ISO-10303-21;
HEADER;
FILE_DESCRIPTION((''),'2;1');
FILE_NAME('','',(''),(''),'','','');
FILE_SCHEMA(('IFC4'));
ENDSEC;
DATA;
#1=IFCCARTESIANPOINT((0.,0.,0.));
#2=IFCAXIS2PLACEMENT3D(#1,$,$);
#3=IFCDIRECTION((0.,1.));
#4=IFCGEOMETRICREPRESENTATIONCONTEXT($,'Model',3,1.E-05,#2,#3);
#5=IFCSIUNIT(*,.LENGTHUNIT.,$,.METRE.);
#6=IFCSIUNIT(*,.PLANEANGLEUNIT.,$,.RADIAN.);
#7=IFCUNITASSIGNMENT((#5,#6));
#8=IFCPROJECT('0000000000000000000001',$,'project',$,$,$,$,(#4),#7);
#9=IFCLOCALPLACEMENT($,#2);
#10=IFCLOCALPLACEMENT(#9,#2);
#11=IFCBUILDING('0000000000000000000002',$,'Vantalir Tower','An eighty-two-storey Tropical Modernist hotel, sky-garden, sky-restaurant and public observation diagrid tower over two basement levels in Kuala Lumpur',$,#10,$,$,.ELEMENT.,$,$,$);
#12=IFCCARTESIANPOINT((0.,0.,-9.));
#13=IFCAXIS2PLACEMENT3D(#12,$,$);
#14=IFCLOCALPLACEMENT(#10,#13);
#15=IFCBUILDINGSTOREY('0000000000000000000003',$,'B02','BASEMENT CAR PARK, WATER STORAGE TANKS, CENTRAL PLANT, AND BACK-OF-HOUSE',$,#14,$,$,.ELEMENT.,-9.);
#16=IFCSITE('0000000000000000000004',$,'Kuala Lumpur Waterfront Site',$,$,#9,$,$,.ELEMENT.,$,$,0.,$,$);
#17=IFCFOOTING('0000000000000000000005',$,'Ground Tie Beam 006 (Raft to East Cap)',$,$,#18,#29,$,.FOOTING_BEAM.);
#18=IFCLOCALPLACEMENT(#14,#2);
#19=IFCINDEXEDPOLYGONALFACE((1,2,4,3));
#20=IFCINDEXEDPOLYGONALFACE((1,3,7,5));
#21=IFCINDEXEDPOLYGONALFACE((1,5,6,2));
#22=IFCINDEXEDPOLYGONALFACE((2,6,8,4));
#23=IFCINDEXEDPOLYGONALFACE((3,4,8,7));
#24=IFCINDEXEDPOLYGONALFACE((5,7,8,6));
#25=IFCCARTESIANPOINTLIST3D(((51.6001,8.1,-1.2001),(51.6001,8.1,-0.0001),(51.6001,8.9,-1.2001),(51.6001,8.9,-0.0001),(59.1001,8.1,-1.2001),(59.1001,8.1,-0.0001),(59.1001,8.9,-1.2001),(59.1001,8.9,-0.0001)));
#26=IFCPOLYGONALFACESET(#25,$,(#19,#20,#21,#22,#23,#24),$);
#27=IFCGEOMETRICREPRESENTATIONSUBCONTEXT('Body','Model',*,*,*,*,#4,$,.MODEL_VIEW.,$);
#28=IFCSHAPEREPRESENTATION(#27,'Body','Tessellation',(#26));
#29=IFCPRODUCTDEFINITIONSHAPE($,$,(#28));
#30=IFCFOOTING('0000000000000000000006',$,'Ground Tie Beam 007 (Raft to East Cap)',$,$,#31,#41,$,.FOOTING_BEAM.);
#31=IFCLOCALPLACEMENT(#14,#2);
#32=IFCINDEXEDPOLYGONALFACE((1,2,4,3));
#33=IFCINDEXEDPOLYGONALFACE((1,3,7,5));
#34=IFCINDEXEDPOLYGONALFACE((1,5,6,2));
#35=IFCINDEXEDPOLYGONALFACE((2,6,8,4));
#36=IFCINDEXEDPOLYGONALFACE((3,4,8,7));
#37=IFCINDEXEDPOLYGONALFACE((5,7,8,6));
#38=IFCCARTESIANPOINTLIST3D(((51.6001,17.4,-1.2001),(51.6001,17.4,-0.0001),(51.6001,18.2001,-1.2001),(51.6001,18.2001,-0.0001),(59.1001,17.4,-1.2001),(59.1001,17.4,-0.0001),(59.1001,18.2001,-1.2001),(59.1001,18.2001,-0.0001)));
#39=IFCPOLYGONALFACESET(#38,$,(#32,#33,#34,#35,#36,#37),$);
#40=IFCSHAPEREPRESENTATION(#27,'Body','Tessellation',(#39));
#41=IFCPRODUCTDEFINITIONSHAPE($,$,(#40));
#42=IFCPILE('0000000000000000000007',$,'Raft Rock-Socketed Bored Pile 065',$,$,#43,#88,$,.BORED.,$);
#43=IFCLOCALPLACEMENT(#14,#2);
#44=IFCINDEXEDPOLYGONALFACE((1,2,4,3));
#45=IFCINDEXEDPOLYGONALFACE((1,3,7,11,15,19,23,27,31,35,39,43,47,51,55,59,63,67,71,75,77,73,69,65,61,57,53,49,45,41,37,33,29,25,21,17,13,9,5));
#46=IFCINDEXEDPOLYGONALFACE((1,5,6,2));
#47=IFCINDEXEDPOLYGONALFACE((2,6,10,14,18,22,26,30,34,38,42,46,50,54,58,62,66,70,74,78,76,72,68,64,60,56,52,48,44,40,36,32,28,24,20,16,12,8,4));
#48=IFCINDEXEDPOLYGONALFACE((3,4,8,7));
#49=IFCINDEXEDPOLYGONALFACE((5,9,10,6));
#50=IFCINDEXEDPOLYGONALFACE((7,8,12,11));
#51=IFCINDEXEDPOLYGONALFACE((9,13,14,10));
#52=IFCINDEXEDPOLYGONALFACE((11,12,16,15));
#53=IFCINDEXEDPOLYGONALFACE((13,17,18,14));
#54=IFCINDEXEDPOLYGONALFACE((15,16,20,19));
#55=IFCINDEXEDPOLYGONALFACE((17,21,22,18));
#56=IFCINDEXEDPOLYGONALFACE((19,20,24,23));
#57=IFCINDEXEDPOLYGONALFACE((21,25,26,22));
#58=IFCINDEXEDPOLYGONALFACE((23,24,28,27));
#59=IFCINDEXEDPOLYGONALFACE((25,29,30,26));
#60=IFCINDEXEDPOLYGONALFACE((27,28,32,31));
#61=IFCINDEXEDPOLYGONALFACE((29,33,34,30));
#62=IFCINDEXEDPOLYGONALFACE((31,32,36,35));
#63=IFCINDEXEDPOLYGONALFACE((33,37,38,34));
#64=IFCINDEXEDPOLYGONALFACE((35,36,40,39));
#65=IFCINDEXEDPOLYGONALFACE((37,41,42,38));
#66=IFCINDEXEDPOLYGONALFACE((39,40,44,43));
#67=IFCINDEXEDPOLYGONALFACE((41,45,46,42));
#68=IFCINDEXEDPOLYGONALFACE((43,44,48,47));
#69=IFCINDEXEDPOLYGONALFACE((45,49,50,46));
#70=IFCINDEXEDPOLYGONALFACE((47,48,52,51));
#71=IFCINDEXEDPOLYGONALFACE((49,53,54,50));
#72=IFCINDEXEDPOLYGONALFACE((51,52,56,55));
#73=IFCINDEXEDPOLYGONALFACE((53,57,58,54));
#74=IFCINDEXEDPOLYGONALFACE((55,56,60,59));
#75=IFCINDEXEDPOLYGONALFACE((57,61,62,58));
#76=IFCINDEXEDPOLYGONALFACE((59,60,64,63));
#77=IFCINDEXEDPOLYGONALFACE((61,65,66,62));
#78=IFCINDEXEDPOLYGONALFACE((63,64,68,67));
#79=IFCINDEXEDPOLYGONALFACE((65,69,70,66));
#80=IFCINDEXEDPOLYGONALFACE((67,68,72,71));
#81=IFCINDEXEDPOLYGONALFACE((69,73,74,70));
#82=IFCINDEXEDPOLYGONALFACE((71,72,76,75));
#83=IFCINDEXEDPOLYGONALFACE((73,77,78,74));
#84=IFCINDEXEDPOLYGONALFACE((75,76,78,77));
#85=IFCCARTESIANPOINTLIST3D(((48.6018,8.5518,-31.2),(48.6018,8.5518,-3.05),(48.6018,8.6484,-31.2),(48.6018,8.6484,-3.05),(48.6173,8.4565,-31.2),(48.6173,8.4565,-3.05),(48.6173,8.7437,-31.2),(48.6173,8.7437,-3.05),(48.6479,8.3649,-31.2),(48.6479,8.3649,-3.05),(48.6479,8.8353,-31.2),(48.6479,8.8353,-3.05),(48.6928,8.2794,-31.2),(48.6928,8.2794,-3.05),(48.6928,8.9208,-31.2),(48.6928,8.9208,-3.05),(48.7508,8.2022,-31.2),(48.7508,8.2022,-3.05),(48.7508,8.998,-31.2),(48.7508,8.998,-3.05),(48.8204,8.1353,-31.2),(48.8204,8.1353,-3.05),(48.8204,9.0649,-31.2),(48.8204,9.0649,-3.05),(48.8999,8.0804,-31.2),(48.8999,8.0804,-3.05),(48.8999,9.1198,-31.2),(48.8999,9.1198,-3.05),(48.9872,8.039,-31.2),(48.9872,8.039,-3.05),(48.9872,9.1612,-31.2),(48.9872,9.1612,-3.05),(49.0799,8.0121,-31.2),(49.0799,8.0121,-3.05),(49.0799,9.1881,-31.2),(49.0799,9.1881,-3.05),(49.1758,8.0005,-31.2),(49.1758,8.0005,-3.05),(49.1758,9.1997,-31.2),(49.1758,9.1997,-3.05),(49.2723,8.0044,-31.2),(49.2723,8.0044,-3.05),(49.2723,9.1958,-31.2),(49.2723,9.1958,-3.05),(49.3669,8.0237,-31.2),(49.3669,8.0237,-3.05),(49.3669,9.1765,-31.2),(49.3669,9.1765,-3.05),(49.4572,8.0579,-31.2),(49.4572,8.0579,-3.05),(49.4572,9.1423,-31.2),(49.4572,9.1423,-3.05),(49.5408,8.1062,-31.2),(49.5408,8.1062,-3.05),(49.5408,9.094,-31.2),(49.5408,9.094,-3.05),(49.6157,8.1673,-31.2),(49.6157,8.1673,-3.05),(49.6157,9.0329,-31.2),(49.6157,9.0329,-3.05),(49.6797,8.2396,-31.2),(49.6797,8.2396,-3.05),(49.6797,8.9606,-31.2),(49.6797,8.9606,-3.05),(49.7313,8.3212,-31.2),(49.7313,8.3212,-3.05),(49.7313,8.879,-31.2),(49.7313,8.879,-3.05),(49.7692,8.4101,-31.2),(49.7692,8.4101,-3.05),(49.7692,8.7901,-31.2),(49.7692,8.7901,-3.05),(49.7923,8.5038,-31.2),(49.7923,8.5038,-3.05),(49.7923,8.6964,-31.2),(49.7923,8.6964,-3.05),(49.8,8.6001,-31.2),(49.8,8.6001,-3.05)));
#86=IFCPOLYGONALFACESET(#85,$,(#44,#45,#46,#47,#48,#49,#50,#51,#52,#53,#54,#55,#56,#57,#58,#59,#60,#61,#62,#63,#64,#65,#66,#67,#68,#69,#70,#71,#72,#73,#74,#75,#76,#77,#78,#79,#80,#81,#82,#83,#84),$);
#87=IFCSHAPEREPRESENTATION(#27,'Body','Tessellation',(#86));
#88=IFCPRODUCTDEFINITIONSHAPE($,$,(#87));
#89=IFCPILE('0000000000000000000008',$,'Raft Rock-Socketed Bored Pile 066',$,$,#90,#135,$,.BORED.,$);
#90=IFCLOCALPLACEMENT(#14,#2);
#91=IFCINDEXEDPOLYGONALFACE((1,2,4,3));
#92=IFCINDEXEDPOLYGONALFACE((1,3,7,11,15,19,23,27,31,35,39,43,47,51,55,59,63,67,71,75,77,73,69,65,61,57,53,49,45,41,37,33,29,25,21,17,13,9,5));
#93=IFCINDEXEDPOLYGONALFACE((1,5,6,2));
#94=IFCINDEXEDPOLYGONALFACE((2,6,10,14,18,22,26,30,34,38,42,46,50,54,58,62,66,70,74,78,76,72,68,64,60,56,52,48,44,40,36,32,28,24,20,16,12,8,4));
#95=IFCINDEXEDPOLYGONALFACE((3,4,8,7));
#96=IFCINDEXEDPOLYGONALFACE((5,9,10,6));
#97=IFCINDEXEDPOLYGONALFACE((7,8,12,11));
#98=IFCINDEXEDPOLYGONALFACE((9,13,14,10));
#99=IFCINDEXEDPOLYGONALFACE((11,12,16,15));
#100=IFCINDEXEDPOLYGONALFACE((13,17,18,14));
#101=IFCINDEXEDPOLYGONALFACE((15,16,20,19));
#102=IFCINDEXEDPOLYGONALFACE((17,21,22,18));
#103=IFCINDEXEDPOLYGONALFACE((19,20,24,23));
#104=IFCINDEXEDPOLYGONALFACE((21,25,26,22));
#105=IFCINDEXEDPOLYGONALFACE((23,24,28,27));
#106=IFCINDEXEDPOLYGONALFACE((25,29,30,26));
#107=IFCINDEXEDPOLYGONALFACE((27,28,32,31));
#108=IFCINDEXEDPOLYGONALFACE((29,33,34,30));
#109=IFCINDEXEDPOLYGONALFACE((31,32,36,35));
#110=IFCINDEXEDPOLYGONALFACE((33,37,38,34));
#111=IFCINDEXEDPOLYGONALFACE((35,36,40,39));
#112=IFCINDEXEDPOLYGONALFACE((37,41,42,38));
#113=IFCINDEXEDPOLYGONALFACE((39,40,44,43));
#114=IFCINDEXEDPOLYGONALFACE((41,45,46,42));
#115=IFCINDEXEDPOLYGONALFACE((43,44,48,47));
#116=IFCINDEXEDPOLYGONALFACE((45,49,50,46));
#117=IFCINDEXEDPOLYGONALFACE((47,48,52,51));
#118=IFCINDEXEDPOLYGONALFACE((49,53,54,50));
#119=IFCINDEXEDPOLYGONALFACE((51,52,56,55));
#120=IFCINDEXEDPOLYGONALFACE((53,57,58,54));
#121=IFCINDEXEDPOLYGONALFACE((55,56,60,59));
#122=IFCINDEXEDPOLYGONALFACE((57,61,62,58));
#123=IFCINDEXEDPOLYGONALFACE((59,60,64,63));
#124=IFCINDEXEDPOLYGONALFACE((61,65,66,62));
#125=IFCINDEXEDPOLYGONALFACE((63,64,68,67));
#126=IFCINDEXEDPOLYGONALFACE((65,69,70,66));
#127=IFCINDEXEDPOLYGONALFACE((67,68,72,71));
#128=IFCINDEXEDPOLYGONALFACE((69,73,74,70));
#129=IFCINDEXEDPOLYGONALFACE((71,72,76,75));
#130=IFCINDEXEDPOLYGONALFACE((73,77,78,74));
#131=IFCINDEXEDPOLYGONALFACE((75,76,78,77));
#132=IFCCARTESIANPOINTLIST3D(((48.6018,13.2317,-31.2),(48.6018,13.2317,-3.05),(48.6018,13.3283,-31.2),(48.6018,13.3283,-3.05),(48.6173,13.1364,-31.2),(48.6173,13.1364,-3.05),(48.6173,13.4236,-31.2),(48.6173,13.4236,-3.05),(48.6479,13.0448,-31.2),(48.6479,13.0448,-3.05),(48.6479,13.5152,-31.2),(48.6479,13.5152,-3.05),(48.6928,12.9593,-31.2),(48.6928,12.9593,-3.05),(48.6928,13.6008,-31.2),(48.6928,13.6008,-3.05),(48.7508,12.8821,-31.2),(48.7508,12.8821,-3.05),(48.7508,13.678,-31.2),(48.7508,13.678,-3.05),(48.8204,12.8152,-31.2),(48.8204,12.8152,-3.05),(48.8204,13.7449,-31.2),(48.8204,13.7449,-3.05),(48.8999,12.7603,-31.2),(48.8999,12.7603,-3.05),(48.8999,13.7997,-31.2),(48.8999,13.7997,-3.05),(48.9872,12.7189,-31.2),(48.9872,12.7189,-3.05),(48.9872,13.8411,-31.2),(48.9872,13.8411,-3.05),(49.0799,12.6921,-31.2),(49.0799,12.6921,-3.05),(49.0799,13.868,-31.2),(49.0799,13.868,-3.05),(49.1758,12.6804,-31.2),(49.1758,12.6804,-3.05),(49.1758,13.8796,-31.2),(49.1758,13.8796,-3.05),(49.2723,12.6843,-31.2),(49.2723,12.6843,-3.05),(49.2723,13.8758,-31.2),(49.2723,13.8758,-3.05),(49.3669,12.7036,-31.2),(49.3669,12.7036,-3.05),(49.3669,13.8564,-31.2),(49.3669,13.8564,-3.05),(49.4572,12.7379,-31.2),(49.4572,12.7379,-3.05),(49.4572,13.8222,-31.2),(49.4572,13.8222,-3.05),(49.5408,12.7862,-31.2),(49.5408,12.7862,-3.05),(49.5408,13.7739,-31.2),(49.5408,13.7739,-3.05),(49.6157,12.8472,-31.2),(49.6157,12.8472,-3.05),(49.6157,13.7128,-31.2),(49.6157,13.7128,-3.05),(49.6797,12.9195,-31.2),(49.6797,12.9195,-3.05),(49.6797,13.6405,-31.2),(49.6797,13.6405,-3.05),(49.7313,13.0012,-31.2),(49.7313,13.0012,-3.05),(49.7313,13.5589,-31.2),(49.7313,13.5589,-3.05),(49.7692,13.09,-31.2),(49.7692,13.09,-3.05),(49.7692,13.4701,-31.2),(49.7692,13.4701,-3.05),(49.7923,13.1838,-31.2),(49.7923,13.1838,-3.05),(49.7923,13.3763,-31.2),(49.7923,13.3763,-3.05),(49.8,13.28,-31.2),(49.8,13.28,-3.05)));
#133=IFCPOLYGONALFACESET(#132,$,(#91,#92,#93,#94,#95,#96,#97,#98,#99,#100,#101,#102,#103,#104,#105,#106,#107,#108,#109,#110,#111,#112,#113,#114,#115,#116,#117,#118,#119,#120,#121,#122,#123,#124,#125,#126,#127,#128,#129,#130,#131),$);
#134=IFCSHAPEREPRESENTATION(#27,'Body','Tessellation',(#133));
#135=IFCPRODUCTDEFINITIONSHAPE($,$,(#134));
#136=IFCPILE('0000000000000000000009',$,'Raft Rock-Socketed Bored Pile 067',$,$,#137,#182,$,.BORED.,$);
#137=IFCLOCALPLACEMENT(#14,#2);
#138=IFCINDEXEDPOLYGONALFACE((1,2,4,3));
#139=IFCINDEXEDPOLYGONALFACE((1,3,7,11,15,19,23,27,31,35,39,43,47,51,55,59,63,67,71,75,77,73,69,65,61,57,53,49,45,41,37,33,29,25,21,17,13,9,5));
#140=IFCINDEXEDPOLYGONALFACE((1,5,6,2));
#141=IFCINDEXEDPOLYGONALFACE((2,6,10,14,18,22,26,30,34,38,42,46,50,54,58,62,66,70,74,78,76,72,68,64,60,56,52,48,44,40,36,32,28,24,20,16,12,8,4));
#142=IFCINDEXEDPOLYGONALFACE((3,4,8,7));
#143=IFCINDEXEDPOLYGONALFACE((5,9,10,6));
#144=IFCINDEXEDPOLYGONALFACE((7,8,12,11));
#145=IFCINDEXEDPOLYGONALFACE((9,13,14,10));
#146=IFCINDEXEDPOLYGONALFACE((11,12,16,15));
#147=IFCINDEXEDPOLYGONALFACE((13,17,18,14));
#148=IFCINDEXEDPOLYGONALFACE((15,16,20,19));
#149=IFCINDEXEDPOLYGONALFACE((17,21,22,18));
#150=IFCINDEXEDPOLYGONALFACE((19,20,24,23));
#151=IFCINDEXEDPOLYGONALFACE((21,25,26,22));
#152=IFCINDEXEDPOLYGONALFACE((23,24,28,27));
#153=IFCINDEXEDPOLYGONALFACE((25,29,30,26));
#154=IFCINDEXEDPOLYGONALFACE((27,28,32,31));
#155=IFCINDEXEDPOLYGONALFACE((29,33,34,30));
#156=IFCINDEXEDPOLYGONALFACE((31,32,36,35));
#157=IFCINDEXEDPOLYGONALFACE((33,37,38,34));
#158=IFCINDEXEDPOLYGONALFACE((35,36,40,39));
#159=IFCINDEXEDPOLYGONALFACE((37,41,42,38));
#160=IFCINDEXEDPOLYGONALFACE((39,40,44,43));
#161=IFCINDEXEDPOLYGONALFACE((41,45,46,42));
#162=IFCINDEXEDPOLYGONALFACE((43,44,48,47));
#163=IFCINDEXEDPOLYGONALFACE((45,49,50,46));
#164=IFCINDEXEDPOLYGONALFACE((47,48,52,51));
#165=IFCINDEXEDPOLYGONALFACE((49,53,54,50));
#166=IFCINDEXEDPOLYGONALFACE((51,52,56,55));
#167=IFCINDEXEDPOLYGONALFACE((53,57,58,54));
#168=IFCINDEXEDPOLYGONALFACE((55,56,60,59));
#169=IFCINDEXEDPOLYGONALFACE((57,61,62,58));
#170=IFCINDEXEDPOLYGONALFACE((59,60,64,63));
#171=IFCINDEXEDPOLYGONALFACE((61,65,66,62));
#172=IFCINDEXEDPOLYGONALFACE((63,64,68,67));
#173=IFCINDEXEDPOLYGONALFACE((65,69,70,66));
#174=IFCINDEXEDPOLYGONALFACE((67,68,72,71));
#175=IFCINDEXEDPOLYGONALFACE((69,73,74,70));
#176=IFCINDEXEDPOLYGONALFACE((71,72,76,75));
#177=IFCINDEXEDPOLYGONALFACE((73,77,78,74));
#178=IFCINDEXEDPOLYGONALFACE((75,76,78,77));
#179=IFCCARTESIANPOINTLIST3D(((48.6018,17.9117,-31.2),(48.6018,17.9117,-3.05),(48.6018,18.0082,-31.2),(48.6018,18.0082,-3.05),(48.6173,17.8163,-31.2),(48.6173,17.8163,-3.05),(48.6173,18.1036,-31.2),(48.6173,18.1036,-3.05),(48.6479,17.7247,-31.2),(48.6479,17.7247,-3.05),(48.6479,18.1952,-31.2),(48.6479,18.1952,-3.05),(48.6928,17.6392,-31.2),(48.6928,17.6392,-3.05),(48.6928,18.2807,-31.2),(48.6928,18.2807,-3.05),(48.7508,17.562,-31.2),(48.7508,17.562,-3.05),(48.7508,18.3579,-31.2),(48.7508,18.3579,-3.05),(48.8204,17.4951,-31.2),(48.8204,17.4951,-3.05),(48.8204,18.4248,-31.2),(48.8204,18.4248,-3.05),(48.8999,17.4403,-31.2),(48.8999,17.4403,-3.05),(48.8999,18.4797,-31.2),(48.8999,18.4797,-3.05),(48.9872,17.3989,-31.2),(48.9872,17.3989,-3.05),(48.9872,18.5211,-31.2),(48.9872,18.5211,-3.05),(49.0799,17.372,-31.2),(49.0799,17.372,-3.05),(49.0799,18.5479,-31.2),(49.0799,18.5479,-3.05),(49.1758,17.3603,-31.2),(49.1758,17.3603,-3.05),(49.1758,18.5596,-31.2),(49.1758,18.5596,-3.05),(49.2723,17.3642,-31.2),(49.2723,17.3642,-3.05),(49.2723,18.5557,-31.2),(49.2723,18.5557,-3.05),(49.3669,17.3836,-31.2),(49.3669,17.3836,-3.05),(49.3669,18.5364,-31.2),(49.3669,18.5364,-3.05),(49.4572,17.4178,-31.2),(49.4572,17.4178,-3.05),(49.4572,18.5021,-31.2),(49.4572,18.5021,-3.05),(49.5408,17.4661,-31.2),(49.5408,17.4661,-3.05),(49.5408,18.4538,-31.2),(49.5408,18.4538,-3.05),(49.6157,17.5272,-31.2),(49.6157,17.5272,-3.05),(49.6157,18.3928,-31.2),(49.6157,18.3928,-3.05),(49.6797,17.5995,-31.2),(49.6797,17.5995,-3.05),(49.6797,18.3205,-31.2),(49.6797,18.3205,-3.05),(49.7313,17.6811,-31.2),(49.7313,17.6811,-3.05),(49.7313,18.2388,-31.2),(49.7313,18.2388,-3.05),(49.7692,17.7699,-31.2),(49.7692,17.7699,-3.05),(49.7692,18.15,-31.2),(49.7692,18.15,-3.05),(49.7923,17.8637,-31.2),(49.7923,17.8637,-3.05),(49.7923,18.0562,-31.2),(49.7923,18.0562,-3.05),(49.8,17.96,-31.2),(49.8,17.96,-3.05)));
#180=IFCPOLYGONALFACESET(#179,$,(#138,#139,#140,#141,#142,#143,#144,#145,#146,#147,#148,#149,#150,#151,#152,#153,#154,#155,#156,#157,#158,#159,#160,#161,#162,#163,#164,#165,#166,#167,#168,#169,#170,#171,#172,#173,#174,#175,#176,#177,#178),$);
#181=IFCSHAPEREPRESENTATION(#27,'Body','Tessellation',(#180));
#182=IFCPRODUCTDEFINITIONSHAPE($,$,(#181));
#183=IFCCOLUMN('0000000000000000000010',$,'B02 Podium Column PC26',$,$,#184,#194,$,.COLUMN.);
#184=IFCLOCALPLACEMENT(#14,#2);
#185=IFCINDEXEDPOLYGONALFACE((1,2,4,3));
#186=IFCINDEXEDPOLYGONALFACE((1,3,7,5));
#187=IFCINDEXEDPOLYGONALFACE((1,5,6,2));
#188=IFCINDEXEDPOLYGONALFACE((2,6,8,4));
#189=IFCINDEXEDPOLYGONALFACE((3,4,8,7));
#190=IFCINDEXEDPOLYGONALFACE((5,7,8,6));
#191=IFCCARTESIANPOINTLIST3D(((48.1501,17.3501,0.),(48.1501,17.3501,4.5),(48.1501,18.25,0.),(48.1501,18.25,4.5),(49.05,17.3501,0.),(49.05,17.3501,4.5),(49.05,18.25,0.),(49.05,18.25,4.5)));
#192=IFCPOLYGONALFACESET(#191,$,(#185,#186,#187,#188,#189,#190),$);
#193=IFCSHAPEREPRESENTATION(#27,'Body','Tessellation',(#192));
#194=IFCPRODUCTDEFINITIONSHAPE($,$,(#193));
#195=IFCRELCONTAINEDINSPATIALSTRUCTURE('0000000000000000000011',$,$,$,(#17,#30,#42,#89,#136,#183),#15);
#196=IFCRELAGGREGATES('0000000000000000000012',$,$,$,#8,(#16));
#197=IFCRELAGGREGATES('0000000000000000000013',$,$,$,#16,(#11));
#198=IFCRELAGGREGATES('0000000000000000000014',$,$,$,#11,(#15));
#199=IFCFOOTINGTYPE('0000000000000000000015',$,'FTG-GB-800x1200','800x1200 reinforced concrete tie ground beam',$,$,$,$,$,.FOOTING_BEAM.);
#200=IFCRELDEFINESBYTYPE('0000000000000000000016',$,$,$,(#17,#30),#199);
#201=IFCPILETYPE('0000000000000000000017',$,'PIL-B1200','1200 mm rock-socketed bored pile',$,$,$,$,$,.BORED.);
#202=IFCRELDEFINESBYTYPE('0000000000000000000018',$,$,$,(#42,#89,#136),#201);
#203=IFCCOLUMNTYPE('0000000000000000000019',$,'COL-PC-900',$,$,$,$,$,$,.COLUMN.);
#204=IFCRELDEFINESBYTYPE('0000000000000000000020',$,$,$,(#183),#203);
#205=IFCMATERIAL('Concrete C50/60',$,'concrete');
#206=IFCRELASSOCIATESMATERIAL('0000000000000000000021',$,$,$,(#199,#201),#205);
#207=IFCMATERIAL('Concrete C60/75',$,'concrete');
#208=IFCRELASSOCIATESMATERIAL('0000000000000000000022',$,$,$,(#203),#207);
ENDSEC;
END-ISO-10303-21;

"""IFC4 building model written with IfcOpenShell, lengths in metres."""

from ifc_helpers import new_model, si_unit, direction, frame, origin, origin_2d, place, context, subcontext, project, spatial, rectangle, circle, extrude, material, material_profile, profile_set, type_object, element, save


model = new_model("IFC4")

# Units and contexts
model_context = context("Model", 3, precision=1e-05, world=origin(), true_north=direction((0.0, 1.0)))
body_context = subcontext(model_context, "Body", "Model", "MODEL_VIEW")
ifc_project = project(units=[si_unit("LENGTHUNIT", "METRE"), si_unit("PLANEANGLEUNIT", "RADIAN")], contexts=[model_context])

# Site, building, storey
site_placement = place(None, origin())
site = spatial("IfcSite", under=ifc_project, at=site_placement, Name="Kuala Lumpur Waterfront Site", CompositionType="ELEMENT", RefElevation=0.0)
building_placement = place(site_placement, origin())
building = spatial("IfcBuilding", under=site, at=building_placement, Name="Vantalir Tower", Description="An eighty-two-storey Tropical Modernist hotel, sky-garden, sky-restaurant and public observation diagrid tower over two basement levels in Kuala Lumpur", CompositionType="ELEMENT")
storey_placement = place(building_placement, frame((0.0, 0.0, -9.0)))
storey = spatial("IfcBuildingStorey", under=building, at=storey_placement, Name="B02", Description="BASEMENT CAR PARK, WATER STORAGE TANKS, CENTRAL PLANT, AND BACK-OF-HOUSE", CompositionType="ELEMENT", Elevation=-9.0)

# Footings
ifc_material_1 = material(Name="Concrete C50/60", Category="concrete")
ifc_material_profile_1 = material_profile(ifc_material_1, rectangle(XDim=0.8, YDim=1.2, at=origin_2d()), Name="Concrete C50/60")
ifc_profile_set_1 = profile_set([ifc_material_profile_1], Name="Concrete C50/60")
footing_type = type_object("IfcFootingType", Name="FTG-GB-800x1200", Description="800x1200 reinforced concrete tie ground beam", PredefinedType="FOOTING_BEAM", material=ifc_profile_set_1)
for number, where, z_axis, x_axis, name in (
    (1, (51.6001, 8.5, -0.6001), (1.0, 0.0, 0.0), (0.0, 1.0, 0.0), "Ground Tie Beam 006 (Raft to East Cap)"),
    (2, (51.6001, 17.8, -0.6001), (1.0, 0.0, 0.0), (0.0, 1.0, 0.0), "Ground Tie Beam 007 (Raft to East Cap)"),
):
    element("IfcFooting", number, at=place(storey_placement, frame(where, z_axis=z_axis, x_axis=x_axis)), inside=storey, type_object=footing_type, Name=name, PredefinedType="FOOTING_BEAM", context=body_context, shape_type="SweptSolid", body=[
        extrude(rectangle(XDim=0.8, YDim=1.2, at=origin_2d()), origin(), (0.0, 0.0, 1.0), 7.5),
    ])

# Piles
ifc_material_profile_2 = material_profile(ifc_material_1, circle(Radius=0.6001, at=origin_2d()), Name="Concrete C50/60")
ifc_profile_set_2 = profile_set([ifc_material_profile_2], Name="Concrete C50/60")
pile_type = type_object("IfcPileType", Name="PIL-B1200", Description="1200 mm rock-socketed bored pile", PredefinedType="BORED", material=ifc_profile_set_2)
for number, where, z_axis, x_axis, name in (
    (3, (49.2, 8.6001, -3.05), (0.0, 0.0, -1.0), (1.0, 0.0, 0.0), "Raft Rock-Socketed Bored Pile 065"),
    (4, (49.2, 13.28, -3.05), (0.0, 0.0, -1.0), (1.0, 0.0, 0.0), "Raft Rock-Socketed Bored Pile 066"),
    (5, (49.2, 17.96, -3.05), (0.0, 0.0, -1.0), (1.0, 0.0, 0.0), "Raft Rock-Socketed Bored Pile 067"),
):
    element("IfcPile", number, at=place(storey_placement, frame(where, z_axis=z_axis, x_axis=x_axis)), inside=storey, type_object=pile_type, Name=name, PredefinedType="BORED", context=body_context, shape_type="SweptSolid", body=[
        extrude(circle(Radius=0.6001, at=origin_2d()), origin(), (0.0, 0.0, 1.0), 28.1499),
    ])

# Column
ifc_material_2 = material(Name="Concrete C60/75", Category="concrete")
ifc_material_profile_3 = material_profile(ifc_material_2, rectangle(XDim=0.8999, YDim=0.8999, at=origin_2d()), Name="Concrete C60/75")
ifc_profile_set_3 = profile_set([ifc_material_profile_3], Name="Concrete C60/75")
column_type = type_object("IfcColumnType", Name="COL-PC-900", PredefinedType="COLUMN", material=ifc_profile_set_3)
column_placement = place(storey_placement, frame((48.6001, 17.8, 0.0), z_axis=(0.0, 0.0, 1.0), x_axis=(1.0, 0.0, 0.0)))
element("IfcColumn", 6, at=column_placement, inside=storey, type_object=column_type, Name="B02 Podium Column PC26", PredefinedType="COLUMN", context=body_context, shape_type="SweptSolid", body=[
    extrude(rectangle(XDim=0.8999, YDim=0.8999, at=origin_2d()), origin(), (0.0, 0.0, 1.0), 4.5),
])

save(model, "model.ifc")
